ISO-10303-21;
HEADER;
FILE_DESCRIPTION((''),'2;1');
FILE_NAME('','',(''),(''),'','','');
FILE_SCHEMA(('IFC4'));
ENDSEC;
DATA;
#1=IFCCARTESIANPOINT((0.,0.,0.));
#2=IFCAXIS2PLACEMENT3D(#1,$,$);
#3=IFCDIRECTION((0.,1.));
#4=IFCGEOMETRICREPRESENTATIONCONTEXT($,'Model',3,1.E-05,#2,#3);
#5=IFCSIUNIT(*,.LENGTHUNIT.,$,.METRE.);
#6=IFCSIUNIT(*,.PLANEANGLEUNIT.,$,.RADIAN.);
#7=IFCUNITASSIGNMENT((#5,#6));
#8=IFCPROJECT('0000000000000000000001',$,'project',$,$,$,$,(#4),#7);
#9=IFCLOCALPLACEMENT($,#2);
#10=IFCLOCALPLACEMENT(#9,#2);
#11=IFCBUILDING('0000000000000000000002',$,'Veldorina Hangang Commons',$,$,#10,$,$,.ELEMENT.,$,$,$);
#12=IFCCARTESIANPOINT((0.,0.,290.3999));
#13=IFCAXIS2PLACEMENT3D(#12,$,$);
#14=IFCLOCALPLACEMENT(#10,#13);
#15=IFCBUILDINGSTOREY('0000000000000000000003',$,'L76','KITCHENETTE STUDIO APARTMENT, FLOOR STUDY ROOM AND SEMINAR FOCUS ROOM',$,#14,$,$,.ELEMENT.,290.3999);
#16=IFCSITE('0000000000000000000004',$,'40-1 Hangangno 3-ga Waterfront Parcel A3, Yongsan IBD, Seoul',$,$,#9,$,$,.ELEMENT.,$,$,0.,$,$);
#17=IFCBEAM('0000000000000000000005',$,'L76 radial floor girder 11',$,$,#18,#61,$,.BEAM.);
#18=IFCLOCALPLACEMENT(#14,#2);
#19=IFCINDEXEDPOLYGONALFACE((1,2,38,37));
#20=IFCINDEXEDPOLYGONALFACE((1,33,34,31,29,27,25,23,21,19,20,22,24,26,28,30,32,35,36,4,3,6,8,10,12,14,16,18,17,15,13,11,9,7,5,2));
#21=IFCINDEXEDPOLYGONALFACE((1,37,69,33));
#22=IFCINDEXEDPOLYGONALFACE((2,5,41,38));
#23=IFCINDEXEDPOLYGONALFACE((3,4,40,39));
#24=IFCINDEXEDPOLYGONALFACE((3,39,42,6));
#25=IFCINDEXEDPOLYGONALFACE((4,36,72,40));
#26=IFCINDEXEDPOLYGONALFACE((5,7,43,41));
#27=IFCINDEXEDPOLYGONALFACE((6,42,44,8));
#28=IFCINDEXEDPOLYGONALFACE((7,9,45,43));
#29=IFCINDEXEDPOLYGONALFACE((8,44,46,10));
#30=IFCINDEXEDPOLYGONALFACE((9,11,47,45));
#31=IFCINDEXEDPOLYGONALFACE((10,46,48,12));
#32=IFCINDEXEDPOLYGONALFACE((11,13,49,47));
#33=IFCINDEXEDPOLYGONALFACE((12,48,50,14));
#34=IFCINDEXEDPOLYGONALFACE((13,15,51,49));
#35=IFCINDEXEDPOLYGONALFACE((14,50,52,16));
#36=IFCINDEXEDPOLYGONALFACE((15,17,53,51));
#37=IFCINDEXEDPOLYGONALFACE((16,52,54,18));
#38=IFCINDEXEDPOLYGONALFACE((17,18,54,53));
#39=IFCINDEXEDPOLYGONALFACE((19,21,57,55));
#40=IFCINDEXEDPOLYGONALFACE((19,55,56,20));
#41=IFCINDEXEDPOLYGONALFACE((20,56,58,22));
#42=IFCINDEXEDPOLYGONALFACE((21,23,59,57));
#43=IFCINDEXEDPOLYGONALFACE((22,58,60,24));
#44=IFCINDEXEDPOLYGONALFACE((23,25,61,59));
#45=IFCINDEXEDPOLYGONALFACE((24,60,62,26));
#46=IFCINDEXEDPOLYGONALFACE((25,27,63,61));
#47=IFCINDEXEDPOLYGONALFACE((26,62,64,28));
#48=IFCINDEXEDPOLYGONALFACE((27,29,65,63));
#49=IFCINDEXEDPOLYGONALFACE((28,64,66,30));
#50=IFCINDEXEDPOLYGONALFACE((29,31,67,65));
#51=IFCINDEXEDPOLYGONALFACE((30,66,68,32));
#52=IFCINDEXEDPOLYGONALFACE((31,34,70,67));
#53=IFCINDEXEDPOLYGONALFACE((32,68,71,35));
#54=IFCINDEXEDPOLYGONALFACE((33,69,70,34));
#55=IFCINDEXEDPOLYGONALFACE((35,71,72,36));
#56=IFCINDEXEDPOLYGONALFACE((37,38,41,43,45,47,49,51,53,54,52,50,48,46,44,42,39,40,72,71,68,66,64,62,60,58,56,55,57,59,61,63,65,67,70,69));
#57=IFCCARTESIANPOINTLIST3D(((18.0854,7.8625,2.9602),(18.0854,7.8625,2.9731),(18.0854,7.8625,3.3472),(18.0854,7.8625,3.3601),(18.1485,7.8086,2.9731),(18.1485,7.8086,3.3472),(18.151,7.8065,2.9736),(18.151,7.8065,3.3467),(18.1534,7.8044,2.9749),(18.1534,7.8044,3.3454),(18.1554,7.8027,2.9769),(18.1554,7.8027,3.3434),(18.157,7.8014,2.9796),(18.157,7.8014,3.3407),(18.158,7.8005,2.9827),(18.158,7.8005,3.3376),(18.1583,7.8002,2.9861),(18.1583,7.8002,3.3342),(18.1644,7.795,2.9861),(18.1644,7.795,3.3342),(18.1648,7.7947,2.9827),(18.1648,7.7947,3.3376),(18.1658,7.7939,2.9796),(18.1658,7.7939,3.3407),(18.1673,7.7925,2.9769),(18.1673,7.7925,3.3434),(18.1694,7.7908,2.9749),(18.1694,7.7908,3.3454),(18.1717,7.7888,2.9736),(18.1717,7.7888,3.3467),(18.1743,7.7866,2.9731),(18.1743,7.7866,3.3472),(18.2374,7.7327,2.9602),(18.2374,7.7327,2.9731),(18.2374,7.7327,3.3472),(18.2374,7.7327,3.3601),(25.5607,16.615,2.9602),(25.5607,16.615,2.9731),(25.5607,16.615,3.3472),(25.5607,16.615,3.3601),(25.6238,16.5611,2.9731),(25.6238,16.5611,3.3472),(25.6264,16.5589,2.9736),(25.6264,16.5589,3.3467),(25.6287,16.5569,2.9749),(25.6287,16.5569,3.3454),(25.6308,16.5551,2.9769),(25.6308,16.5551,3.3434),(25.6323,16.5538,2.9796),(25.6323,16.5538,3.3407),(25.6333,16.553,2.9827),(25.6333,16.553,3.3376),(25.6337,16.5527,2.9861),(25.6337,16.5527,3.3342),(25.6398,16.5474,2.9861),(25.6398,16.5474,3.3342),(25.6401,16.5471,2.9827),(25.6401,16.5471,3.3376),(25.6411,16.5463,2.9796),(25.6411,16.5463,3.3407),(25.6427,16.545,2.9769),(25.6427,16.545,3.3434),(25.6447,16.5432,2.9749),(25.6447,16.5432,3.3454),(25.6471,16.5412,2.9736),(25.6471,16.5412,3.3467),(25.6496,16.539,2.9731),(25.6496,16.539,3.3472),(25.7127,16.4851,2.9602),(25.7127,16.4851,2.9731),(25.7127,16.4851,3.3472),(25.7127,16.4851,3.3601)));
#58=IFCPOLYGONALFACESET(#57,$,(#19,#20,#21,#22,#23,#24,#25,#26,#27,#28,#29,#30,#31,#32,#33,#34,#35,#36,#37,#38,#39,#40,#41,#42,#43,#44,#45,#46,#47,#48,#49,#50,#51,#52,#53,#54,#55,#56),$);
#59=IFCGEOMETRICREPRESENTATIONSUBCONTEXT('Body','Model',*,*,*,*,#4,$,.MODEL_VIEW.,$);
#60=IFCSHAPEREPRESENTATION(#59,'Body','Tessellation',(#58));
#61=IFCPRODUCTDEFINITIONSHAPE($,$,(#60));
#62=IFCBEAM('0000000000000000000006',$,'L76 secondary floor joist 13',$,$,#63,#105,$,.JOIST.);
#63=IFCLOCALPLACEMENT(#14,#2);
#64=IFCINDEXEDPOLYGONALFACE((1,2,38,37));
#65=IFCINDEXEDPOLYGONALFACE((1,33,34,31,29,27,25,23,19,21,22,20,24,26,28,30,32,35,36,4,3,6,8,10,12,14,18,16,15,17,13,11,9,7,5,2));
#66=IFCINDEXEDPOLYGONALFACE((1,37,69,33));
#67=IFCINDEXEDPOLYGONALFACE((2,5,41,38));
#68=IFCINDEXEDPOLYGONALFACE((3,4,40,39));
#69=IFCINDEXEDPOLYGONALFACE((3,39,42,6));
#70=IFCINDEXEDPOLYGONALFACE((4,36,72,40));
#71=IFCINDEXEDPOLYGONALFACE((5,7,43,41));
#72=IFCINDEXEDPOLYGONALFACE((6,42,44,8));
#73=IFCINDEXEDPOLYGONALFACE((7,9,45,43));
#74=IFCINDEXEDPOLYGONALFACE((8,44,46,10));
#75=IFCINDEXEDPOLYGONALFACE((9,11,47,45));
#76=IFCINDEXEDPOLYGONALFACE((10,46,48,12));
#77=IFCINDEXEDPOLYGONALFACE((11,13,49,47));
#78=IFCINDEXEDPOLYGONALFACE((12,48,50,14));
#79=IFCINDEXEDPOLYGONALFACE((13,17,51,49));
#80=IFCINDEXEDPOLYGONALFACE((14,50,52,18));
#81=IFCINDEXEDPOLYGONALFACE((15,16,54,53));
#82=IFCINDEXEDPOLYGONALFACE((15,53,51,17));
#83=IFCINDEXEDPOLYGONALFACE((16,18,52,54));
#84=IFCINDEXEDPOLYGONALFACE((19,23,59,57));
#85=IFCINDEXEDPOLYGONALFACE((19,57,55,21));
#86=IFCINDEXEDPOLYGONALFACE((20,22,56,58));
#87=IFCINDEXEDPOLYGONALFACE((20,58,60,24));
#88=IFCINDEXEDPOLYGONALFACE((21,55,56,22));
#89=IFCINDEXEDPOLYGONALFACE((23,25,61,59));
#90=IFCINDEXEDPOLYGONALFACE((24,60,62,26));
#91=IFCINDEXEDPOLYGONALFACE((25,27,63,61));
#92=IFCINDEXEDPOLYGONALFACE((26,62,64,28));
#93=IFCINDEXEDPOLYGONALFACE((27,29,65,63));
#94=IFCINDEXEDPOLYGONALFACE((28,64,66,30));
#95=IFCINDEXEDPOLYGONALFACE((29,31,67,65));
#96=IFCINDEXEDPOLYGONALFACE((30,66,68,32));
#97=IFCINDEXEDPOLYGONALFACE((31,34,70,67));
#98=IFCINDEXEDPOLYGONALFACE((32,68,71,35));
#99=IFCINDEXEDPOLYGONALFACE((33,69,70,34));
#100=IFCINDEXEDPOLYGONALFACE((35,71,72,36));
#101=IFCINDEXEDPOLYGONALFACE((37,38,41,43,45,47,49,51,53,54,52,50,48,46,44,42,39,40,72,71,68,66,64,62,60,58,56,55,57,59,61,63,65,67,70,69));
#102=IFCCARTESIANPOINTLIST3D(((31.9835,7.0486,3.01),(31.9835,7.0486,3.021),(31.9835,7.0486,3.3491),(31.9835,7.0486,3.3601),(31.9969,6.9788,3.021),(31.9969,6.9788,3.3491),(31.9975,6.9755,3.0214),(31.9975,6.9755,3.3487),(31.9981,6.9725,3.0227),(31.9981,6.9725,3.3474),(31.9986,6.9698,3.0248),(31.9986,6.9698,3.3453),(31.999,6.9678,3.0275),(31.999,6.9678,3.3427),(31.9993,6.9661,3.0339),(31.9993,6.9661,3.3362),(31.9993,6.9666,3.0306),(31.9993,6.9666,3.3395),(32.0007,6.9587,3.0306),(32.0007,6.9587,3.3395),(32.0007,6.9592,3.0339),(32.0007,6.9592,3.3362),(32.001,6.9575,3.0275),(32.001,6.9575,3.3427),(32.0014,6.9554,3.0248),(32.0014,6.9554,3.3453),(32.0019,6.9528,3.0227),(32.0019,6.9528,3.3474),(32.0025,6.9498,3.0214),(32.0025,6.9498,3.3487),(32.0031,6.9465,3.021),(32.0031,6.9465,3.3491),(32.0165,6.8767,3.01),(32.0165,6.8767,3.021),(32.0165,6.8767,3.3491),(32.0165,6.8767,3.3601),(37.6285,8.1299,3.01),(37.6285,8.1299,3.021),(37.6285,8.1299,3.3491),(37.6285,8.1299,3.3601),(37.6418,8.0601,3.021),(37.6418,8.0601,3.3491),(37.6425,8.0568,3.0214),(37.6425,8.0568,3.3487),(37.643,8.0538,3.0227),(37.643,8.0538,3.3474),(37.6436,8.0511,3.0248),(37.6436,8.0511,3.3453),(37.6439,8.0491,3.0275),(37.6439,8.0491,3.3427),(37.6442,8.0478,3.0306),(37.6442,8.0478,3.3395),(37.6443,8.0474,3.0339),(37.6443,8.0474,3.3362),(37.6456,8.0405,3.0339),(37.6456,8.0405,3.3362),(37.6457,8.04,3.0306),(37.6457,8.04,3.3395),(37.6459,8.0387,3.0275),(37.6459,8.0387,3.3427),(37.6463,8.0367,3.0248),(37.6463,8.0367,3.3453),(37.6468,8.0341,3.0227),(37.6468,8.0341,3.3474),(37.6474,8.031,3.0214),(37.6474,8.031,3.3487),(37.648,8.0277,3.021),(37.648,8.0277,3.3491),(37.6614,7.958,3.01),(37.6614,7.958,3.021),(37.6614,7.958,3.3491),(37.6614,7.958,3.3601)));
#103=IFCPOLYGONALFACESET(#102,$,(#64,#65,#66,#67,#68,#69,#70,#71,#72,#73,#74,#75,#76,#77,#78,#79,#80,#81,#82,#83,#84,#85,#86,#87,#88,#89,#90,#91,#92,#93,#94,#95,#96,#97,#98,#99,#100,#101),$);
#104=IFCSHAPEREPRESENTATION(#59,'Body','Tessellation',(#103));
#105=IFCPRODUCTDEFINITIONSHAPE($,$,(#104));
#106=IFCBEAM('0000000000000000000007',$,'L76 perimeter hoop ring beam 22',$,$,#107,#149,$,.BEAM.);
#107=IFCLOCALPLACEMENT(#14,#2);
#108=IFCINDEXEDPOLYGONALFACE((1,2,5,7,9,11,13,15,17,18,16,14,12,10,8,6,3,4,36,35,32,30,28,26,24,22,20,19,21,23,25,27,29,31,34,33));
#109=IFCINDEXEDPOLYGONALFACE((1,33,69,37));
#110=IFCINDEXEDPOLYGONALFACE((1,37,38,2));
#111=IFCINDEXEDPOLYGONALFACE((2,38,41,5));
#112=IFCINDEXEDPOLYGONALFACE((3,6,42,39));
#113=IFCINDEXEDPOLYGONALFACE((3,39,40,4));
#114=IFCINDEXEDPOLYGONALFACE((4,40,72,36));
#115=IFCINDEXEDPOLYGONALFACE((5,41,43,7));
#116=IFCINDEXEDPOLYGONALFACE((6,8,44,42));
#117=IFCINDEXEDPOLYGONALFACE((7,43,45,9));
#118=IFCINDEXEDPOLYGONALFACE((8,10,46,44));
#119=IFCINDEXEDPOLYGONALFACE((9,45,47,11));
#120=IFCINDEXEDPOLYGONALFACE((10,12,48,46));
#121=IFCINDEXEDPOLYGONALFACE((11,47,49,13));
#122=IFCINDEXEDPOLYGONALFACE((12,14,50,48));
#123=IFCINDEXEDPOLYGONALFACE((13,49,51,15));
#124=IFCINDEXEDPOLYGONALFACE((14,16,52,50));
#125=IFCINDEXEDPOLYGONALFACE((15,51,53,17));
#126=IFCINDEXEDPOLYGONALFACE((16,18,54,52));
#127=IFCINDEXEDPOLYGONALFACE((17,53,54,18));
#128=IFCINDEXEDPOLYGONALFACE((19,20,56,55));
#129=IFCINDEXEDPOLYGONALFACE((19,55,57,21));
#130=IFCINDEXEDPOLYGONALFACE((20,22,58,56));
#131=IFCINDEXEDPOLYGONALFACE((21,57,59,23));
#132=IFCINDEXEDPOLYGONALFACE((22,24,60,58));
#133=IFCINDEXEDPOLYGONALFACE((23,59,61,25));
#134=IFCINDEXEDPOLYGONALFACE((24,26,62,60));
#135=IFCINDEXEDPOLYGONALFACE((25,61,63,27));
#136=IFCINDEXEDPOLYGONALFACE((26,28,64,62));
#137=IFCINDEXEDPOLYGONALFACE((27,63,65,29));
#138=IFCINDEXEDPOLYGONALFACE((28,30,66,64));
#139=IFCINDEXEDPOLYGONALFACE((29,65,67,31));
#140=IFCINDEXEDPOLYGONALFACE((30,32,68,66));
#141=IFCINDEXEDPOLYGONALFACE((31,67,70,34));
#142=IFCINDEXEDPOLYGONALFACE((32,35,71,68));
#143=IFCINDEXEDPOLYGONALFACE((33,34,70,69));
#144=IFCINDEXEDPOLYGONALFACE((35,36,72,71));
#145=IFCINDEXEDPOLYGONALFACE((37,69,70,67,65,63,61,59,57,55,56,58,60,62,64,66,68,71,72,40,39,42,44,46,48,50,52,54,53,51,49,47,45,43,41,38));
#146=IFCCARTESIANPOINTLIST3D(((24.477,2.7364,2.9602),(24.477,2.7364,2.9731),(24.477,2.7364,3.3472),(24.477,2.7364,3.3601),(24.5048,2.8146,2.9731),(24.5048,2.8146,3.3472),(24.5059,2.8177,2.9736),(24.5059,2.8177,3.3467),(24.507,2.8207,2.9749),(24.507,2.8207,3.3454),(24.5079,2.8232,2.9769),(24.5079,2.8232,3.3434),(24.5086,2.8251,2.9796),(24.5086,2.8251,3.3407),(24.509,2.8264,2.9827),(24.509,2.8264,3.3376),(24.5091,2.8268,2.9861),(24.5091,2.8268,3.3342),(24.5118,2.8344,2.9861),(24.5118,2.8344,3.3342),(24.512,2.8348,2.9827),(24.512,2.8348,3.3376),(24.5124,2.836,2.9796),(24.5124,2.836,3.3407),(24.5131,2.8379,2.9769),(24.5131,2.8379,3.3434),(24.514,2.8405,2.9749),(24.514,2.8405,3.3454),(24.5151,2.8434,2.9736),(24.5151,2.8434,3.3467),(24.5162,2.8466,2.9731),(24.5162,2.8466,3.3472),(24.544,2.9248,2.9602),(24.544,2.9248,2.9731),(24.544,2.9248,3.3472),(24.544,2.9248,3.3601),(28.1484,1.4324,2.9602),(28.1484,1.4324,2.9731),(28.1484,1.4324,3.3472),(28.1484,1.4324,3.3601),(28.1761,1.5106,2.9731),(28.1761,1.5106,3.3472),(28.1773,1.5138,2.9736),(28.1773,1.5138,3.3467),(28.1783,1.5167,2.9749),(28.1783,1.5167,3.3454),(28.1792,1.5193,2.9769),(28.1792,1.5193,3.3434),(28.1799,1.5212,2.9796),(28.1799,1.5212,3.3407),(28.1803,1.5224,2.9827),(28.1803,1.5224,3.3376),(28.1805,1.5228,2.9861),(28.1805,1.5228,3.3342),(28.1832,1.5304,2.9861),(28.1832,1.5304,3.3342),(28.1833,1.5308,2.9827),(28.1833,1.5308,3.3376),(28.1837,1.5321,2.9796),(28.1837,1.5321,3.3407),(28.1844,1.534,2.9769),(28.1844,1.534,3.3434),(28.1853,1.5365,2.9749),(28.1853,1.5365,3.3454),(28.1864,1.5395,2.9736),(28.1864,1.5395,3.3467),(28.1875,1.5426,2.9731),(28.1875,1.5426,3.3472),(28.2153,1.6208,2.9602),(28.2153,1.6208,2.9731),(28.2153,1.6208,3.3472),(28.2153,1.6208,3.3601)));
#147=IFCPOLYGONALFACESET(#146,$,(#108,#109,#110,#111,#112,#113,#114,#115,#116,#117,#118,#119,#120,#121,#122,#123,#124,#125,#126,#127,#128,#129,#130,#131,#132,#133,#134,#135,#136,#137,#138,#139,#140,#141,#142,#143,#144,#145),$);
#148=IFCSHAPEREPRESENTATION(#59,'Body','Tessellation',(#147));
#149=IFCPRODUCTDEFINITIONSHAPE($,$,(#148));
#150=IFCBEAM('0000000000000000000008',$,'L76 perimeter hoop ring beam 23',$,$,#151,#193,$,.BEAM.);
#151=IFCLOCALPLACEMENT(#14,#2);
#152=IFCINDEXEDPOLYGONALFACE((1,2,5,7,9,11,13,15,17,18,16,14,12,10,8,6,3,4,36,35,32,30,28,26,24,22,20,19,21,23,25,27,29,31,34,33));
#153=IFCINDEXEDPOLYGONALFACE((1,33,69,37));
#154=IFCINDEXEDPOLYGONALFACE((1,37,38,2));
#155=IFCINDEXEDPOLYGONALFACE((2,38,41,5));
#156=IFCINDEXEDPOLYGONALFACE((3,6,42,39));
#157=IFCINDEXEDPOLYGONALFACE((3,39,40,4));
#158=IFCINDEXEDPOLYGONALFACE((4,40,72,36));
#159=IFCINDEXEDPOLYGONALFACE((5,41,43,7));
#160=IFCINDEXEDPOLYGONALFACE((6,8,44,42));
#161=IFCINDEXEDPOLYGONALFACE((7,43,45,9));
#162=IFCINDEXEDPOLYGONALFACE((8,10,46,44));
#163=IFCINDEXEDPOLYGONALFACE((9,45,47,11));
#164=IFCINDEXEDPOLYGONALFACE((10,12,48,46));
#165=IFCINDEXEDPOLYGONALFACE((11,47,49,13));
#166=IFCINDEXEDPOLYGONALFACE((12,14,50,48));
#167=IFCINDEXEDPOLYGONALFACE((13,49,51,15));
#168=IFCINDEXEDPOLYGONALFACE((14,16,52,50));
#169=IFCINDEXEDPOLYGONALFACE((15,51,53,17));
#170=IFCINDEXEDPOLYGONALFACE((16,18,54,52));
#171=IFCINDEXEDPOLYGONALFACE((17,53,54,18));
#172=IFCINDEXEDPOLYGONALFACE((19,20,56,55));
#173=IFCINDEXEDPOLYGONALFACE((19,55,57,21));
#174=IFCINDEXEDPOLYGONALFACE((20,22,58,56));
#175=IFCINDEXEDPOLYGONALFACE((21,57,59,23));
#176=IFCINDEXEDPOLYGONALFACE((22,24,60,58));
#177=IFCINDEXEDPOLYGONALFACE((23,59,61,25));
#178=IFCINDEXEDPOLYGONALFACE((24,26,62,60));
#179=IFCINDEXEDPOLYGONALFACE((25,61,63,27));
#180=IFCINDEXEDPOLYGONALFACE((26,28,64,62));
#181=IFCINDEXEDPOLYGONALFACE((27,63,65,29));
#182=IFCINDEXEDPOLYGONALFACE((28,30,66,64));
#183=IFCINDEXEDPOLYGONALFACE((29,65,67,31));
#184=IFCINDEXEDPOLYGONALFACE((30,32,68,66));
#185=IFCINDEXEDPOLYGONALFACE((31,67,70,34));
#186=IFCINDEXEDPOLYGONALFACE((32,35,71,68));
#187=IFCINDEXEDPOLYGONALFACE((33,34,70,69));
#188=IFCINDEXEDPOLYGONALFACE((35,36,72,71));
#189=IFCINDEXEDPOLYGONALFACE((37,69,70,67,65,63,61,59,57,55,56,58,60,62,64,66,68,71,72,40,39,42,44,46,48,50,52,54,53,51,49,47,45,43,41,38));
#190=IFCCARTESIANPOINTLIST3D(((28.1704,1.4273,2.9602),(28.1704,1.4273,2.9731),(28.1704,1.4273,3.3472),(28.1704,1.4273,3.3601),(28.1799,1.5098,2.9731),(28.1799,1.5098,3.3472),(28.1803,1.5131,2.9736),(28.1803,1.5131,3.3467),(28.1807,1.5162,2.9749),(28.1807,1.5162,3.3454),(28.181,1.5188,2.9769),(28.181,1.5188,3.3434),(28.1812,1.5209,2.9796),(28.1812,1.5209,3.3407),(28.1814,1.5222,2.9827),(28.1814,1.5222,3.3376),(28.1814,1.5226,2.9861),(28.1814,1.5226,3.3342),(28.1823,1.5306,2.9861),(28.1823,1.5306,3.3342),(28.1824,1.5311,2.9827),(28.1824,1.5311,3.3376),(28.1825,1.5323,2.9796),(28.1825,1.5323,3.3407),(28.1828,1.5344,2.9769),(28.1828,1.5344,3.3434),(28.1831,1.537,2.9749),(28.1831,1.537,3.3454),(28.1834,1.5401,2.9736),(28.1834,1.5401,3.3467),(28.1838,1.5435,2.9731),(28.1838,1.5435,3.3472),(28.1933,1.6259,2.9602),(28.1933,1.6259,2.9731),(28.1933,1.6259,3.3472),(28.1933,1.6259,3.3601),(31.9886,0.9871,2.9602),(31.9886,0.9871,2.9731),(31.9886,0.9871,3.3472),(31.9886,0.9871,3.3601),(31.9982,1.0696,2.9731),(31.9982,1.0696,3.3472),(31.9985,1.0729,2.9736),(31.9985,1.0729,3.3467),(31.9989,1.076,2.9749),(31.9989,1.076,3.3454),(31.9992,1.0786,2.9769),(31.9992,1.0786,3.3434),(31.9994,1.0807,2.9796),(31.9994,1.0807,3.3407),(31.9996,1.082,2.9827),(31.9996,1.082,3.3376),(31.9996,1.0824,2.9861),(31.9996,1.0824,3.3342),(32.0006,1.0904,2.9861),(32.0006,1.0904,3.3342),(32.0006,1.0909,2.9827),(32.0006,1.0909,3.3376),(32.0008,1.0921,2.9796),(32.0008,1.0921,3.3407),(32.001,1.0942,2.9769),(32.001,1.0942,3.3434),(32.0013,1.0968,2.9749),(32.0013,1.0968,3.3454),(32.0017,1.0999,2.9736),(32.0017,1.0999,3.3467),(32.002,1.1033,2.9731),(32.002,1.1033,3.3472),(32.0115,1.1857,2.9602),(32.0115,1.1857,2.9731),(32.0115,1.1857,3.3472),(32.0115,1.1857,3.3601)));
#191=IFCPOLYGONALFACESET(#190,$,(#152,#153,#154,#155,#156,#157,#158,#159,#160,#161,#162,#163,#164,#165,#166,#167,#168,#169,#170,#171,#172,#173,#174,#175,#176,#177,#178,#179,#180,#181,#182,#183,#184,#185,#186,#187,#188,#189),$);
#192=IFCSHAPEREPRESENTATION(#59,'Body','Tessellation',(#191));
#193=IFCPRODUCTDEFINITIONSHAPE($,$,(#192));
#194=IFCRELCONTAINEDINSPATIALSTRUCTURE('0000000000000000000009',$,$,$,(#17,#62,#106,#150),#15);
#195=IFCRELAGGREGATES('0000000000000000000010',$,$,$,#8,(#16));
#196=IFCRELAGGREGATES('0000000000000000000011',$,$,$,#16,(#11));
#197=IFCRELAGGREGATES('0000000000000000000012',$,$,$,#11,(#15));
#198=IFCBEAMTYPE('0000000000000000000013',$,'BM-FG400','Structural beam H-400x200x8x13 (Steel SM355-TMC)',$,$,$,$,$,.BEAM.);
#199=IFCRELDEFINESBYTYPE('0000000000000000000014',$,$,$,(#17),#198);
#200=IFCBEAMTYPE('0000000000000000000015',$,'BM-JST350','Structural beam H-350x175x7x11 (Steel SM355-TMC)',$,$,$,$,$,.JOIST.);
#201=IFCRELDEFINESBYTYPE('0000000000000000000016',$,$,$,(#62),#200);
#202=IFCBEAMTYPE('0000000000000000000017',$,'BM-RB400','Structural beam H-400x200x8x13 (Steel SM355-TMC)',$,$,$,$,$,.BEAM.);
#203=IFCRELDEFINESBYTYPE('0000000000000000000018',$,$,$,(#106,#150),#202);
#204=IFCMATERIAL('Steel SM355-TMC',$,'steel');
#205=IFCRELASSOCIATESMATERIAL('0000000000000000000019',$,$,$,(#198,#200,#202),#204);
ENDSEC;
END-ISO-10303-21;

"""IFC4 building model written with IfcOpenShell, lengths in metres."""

from ifc_helpers import new_model, si_unit, direction, frame, origin, origin_2d, place, context, subcontext, project, spatial, i_section, extrude, material, material_profile, profile_set, type_object, element, save


model = new_model("IFC4")

# Units and contexts
model_context = context("Model", 3, precision=1e-05, world=origin(), true_north=direction((0.0, 1.0)))
body_context = subcontext(model_context, "Body", "Model", "MODEL_VIEW")
ifc_project = project(units=[si_unit("LENGTHUNIT", "METRE"), si_unit("PLANEANGLEUNIT", "RADIAN")], contexts=[model_context])

# Site, building, storey
site_placement = place(None, origin())
site = spatial("IfcSite", under=ifc_project, at=site_placement, Name="40-1 Hangangno 3-ga Waterfront Parcel A3, Yongsan IBD, Seoul", CompositionType="ELEMENT", RefElevation=0.0)
building_placement = place(site_placement, origin())
building = spatial("IfcBuilding", under=site, at=building_placement, Name="Veldorina Hangang Commons", CompositionType="ELEMENT")
storey_placement = place(building_placement, frame((0.0, 0.0, 290.3999)))
storey = spatial("IfcBuildingStorey", under=building, at=storey_placement, Name="L76", Description="KITCHENETTE STUDIO APARTMENT, FLOOR STUDY ROOM AND SEMINAR FOCUS ROOM", CompositionType="ELEMENT", Elevation=290.3999)

# Beams
ifc_material_1 = material(Name="Steel SM355-TMC", Category="steel")
ifc_material_profile_1 = material_profile(ifc_material_1, i_section(OverallWidth=0.2, OverallDepth=0.3999, WebThickness=0.0081, FlangeThickness=0.0129, FilletRadius=0.0129, at=origin_2d()), Name="H-400x200x8x13")
ifc_profile_set_1 = profile_set([ifc_material_profile_1], Name="Steel SM355-TMC")
beam_type_1 = type_object("IfcBeamType", Name="BM-FG400", Description="Structural beam H-400x200x8x13 (Steel SM355-TMC)", PredefinedType="BEAM", material=ifc_profile_set_1)
beam_1_placement = place(storey_placement, frame((25.6367, 16.55, 3.1602), z_axis=(-0.649451, -0.760404, 0.0), x_axis=(0.760404, -0.649451, 0.0)))
element("IfcBeam", 1, at=beam_1_placement, inside=storey, type_object=beam_type_1, Name="L76 radial floor girder 11", PredefinedType="BEAM", context=body_context, shape_type="SweptSolid", body=[
    extrude(i_section(OverallWidth=0.2, OverallDepth=0.3999, WebThickness=0.0081, FlangeThickness=0.0129, FilletRadius=0.0129, at=origin_2d()), origin(), (0.0, 0.0, 1.0), 11.5103),
])
ifc_material_profile_2 = material_profile(ifc_material_1, i_section(OverallWidth=0.175, OverallDepth=0.3501, WebThickness=0.0071, FlangeThickness=0.011, FilletRadius=0.0129, at=origin_2d()), Name="H-350x175x7x11")
ifc_profile_set_2 = profile_set([ifc_material_profile_2], Name="Steel SM355-TMC")
beam_type_2 = type_object("IfcBeamType", Name="BM-JST350", Description="Structural beam H-350x175x7x11 (Steel SM355-TMC)", PredefinedType="JOIST", material=ifc_profile_set_2)
beam_2_placement = place(storey_placement, frame((32.0, 6.9626, 3.1851), z_axis=(0.982144, 0.188129, 0.0), x_axis=(-0.188129, 0.982144, 0.0)))
element("IfcBeam", 2, at=beam_2_placement, inside=storey, type_object=beam_type_2, Name="L76 secondary floor joist 13", PredefinedType="JOIST", context=body_context, shape_type="SweptSolid", body=[
    extrude(i_section(OverallWidth=0.175, OverallDepth=0.3501, WebThickness=0.0071, FlangeThickness=0.011, FilletRadius=0.0129, at=origin_2d()), origin(), (0.0, 0.0, 1.0), 5.7476),
])
ifc_material_profile_3 = material_profile(ifc_material_1, i_section(OverallWidth=0.2, OverallDepth=0.3999, WebThickness=0.0081, FlangeThickness=0.0129, FilletRadius=0.0129, at=origin_2d()), Name="H-400x200x8x13")
ifc_profile_set_3 = profile_set([ifc_material_profile_3], Name="Steel SM355-TMC")
beam_type_3 = type_object("IfcBeamType", Name="BM-RB400", Description="Structural beam H-400x200x8x13 (Steel SM355-TMC)", PredefinedType="BEAM", material=ifc_profile_set_3)
beam_3_placement = place(storey_placement, frame((24.5105, 2.8306, 3.1602), z_axis=(0.94233, -0.334685, 0.0), x_axis=(0.334685, 0.94233, 0.0)))
element("IfcBeam", 3, at=beam_3_placement, inside=storey, type_object=beam_type_3, Name="L76 perimeter hoop ring beam 22", PredefinedType="BEAM", context=body_context, shape_type="SweptSolid", body=[
    extrude(i_section(OverallWidth=0.2, OverallDepth=0.3999, WebThickness=0.0081, FlangeThickness=0.0129, FilletRadius=0.0129, at=origin_2d()), origin(), (0.0, 0.0, 1.0), 3.896),
])
for number, where, z_axis, x_axis, name in (
    (4, (28.1819, 1.5266, 3.1602), (0.99342, -0.11453, 0.0), (0.11453, 0.99342, 0.0), "L76 perimeter hoop ring beam 23"),
):
    element("IfcBeam", number, at=place(storey_placement, frame(where, z_axis=z_axis, x_axis=x_axis)), inside=storey, type_object=beam_type_3, Name=name, PredefinedType="BEAM", context=body_context, shape_type="SweptSolid", body=[
        extrude(i_section(OverallWidth=0.2, OverallDepth=0.3999, WebThickness=0.0081, FlangeThickness=0.0129, FilletRadius=0.0129, at=origin_2d()), origin(), (0.0, 0.0, 1.0), 3.8435),
    ])

save(model, "model.ifc")
